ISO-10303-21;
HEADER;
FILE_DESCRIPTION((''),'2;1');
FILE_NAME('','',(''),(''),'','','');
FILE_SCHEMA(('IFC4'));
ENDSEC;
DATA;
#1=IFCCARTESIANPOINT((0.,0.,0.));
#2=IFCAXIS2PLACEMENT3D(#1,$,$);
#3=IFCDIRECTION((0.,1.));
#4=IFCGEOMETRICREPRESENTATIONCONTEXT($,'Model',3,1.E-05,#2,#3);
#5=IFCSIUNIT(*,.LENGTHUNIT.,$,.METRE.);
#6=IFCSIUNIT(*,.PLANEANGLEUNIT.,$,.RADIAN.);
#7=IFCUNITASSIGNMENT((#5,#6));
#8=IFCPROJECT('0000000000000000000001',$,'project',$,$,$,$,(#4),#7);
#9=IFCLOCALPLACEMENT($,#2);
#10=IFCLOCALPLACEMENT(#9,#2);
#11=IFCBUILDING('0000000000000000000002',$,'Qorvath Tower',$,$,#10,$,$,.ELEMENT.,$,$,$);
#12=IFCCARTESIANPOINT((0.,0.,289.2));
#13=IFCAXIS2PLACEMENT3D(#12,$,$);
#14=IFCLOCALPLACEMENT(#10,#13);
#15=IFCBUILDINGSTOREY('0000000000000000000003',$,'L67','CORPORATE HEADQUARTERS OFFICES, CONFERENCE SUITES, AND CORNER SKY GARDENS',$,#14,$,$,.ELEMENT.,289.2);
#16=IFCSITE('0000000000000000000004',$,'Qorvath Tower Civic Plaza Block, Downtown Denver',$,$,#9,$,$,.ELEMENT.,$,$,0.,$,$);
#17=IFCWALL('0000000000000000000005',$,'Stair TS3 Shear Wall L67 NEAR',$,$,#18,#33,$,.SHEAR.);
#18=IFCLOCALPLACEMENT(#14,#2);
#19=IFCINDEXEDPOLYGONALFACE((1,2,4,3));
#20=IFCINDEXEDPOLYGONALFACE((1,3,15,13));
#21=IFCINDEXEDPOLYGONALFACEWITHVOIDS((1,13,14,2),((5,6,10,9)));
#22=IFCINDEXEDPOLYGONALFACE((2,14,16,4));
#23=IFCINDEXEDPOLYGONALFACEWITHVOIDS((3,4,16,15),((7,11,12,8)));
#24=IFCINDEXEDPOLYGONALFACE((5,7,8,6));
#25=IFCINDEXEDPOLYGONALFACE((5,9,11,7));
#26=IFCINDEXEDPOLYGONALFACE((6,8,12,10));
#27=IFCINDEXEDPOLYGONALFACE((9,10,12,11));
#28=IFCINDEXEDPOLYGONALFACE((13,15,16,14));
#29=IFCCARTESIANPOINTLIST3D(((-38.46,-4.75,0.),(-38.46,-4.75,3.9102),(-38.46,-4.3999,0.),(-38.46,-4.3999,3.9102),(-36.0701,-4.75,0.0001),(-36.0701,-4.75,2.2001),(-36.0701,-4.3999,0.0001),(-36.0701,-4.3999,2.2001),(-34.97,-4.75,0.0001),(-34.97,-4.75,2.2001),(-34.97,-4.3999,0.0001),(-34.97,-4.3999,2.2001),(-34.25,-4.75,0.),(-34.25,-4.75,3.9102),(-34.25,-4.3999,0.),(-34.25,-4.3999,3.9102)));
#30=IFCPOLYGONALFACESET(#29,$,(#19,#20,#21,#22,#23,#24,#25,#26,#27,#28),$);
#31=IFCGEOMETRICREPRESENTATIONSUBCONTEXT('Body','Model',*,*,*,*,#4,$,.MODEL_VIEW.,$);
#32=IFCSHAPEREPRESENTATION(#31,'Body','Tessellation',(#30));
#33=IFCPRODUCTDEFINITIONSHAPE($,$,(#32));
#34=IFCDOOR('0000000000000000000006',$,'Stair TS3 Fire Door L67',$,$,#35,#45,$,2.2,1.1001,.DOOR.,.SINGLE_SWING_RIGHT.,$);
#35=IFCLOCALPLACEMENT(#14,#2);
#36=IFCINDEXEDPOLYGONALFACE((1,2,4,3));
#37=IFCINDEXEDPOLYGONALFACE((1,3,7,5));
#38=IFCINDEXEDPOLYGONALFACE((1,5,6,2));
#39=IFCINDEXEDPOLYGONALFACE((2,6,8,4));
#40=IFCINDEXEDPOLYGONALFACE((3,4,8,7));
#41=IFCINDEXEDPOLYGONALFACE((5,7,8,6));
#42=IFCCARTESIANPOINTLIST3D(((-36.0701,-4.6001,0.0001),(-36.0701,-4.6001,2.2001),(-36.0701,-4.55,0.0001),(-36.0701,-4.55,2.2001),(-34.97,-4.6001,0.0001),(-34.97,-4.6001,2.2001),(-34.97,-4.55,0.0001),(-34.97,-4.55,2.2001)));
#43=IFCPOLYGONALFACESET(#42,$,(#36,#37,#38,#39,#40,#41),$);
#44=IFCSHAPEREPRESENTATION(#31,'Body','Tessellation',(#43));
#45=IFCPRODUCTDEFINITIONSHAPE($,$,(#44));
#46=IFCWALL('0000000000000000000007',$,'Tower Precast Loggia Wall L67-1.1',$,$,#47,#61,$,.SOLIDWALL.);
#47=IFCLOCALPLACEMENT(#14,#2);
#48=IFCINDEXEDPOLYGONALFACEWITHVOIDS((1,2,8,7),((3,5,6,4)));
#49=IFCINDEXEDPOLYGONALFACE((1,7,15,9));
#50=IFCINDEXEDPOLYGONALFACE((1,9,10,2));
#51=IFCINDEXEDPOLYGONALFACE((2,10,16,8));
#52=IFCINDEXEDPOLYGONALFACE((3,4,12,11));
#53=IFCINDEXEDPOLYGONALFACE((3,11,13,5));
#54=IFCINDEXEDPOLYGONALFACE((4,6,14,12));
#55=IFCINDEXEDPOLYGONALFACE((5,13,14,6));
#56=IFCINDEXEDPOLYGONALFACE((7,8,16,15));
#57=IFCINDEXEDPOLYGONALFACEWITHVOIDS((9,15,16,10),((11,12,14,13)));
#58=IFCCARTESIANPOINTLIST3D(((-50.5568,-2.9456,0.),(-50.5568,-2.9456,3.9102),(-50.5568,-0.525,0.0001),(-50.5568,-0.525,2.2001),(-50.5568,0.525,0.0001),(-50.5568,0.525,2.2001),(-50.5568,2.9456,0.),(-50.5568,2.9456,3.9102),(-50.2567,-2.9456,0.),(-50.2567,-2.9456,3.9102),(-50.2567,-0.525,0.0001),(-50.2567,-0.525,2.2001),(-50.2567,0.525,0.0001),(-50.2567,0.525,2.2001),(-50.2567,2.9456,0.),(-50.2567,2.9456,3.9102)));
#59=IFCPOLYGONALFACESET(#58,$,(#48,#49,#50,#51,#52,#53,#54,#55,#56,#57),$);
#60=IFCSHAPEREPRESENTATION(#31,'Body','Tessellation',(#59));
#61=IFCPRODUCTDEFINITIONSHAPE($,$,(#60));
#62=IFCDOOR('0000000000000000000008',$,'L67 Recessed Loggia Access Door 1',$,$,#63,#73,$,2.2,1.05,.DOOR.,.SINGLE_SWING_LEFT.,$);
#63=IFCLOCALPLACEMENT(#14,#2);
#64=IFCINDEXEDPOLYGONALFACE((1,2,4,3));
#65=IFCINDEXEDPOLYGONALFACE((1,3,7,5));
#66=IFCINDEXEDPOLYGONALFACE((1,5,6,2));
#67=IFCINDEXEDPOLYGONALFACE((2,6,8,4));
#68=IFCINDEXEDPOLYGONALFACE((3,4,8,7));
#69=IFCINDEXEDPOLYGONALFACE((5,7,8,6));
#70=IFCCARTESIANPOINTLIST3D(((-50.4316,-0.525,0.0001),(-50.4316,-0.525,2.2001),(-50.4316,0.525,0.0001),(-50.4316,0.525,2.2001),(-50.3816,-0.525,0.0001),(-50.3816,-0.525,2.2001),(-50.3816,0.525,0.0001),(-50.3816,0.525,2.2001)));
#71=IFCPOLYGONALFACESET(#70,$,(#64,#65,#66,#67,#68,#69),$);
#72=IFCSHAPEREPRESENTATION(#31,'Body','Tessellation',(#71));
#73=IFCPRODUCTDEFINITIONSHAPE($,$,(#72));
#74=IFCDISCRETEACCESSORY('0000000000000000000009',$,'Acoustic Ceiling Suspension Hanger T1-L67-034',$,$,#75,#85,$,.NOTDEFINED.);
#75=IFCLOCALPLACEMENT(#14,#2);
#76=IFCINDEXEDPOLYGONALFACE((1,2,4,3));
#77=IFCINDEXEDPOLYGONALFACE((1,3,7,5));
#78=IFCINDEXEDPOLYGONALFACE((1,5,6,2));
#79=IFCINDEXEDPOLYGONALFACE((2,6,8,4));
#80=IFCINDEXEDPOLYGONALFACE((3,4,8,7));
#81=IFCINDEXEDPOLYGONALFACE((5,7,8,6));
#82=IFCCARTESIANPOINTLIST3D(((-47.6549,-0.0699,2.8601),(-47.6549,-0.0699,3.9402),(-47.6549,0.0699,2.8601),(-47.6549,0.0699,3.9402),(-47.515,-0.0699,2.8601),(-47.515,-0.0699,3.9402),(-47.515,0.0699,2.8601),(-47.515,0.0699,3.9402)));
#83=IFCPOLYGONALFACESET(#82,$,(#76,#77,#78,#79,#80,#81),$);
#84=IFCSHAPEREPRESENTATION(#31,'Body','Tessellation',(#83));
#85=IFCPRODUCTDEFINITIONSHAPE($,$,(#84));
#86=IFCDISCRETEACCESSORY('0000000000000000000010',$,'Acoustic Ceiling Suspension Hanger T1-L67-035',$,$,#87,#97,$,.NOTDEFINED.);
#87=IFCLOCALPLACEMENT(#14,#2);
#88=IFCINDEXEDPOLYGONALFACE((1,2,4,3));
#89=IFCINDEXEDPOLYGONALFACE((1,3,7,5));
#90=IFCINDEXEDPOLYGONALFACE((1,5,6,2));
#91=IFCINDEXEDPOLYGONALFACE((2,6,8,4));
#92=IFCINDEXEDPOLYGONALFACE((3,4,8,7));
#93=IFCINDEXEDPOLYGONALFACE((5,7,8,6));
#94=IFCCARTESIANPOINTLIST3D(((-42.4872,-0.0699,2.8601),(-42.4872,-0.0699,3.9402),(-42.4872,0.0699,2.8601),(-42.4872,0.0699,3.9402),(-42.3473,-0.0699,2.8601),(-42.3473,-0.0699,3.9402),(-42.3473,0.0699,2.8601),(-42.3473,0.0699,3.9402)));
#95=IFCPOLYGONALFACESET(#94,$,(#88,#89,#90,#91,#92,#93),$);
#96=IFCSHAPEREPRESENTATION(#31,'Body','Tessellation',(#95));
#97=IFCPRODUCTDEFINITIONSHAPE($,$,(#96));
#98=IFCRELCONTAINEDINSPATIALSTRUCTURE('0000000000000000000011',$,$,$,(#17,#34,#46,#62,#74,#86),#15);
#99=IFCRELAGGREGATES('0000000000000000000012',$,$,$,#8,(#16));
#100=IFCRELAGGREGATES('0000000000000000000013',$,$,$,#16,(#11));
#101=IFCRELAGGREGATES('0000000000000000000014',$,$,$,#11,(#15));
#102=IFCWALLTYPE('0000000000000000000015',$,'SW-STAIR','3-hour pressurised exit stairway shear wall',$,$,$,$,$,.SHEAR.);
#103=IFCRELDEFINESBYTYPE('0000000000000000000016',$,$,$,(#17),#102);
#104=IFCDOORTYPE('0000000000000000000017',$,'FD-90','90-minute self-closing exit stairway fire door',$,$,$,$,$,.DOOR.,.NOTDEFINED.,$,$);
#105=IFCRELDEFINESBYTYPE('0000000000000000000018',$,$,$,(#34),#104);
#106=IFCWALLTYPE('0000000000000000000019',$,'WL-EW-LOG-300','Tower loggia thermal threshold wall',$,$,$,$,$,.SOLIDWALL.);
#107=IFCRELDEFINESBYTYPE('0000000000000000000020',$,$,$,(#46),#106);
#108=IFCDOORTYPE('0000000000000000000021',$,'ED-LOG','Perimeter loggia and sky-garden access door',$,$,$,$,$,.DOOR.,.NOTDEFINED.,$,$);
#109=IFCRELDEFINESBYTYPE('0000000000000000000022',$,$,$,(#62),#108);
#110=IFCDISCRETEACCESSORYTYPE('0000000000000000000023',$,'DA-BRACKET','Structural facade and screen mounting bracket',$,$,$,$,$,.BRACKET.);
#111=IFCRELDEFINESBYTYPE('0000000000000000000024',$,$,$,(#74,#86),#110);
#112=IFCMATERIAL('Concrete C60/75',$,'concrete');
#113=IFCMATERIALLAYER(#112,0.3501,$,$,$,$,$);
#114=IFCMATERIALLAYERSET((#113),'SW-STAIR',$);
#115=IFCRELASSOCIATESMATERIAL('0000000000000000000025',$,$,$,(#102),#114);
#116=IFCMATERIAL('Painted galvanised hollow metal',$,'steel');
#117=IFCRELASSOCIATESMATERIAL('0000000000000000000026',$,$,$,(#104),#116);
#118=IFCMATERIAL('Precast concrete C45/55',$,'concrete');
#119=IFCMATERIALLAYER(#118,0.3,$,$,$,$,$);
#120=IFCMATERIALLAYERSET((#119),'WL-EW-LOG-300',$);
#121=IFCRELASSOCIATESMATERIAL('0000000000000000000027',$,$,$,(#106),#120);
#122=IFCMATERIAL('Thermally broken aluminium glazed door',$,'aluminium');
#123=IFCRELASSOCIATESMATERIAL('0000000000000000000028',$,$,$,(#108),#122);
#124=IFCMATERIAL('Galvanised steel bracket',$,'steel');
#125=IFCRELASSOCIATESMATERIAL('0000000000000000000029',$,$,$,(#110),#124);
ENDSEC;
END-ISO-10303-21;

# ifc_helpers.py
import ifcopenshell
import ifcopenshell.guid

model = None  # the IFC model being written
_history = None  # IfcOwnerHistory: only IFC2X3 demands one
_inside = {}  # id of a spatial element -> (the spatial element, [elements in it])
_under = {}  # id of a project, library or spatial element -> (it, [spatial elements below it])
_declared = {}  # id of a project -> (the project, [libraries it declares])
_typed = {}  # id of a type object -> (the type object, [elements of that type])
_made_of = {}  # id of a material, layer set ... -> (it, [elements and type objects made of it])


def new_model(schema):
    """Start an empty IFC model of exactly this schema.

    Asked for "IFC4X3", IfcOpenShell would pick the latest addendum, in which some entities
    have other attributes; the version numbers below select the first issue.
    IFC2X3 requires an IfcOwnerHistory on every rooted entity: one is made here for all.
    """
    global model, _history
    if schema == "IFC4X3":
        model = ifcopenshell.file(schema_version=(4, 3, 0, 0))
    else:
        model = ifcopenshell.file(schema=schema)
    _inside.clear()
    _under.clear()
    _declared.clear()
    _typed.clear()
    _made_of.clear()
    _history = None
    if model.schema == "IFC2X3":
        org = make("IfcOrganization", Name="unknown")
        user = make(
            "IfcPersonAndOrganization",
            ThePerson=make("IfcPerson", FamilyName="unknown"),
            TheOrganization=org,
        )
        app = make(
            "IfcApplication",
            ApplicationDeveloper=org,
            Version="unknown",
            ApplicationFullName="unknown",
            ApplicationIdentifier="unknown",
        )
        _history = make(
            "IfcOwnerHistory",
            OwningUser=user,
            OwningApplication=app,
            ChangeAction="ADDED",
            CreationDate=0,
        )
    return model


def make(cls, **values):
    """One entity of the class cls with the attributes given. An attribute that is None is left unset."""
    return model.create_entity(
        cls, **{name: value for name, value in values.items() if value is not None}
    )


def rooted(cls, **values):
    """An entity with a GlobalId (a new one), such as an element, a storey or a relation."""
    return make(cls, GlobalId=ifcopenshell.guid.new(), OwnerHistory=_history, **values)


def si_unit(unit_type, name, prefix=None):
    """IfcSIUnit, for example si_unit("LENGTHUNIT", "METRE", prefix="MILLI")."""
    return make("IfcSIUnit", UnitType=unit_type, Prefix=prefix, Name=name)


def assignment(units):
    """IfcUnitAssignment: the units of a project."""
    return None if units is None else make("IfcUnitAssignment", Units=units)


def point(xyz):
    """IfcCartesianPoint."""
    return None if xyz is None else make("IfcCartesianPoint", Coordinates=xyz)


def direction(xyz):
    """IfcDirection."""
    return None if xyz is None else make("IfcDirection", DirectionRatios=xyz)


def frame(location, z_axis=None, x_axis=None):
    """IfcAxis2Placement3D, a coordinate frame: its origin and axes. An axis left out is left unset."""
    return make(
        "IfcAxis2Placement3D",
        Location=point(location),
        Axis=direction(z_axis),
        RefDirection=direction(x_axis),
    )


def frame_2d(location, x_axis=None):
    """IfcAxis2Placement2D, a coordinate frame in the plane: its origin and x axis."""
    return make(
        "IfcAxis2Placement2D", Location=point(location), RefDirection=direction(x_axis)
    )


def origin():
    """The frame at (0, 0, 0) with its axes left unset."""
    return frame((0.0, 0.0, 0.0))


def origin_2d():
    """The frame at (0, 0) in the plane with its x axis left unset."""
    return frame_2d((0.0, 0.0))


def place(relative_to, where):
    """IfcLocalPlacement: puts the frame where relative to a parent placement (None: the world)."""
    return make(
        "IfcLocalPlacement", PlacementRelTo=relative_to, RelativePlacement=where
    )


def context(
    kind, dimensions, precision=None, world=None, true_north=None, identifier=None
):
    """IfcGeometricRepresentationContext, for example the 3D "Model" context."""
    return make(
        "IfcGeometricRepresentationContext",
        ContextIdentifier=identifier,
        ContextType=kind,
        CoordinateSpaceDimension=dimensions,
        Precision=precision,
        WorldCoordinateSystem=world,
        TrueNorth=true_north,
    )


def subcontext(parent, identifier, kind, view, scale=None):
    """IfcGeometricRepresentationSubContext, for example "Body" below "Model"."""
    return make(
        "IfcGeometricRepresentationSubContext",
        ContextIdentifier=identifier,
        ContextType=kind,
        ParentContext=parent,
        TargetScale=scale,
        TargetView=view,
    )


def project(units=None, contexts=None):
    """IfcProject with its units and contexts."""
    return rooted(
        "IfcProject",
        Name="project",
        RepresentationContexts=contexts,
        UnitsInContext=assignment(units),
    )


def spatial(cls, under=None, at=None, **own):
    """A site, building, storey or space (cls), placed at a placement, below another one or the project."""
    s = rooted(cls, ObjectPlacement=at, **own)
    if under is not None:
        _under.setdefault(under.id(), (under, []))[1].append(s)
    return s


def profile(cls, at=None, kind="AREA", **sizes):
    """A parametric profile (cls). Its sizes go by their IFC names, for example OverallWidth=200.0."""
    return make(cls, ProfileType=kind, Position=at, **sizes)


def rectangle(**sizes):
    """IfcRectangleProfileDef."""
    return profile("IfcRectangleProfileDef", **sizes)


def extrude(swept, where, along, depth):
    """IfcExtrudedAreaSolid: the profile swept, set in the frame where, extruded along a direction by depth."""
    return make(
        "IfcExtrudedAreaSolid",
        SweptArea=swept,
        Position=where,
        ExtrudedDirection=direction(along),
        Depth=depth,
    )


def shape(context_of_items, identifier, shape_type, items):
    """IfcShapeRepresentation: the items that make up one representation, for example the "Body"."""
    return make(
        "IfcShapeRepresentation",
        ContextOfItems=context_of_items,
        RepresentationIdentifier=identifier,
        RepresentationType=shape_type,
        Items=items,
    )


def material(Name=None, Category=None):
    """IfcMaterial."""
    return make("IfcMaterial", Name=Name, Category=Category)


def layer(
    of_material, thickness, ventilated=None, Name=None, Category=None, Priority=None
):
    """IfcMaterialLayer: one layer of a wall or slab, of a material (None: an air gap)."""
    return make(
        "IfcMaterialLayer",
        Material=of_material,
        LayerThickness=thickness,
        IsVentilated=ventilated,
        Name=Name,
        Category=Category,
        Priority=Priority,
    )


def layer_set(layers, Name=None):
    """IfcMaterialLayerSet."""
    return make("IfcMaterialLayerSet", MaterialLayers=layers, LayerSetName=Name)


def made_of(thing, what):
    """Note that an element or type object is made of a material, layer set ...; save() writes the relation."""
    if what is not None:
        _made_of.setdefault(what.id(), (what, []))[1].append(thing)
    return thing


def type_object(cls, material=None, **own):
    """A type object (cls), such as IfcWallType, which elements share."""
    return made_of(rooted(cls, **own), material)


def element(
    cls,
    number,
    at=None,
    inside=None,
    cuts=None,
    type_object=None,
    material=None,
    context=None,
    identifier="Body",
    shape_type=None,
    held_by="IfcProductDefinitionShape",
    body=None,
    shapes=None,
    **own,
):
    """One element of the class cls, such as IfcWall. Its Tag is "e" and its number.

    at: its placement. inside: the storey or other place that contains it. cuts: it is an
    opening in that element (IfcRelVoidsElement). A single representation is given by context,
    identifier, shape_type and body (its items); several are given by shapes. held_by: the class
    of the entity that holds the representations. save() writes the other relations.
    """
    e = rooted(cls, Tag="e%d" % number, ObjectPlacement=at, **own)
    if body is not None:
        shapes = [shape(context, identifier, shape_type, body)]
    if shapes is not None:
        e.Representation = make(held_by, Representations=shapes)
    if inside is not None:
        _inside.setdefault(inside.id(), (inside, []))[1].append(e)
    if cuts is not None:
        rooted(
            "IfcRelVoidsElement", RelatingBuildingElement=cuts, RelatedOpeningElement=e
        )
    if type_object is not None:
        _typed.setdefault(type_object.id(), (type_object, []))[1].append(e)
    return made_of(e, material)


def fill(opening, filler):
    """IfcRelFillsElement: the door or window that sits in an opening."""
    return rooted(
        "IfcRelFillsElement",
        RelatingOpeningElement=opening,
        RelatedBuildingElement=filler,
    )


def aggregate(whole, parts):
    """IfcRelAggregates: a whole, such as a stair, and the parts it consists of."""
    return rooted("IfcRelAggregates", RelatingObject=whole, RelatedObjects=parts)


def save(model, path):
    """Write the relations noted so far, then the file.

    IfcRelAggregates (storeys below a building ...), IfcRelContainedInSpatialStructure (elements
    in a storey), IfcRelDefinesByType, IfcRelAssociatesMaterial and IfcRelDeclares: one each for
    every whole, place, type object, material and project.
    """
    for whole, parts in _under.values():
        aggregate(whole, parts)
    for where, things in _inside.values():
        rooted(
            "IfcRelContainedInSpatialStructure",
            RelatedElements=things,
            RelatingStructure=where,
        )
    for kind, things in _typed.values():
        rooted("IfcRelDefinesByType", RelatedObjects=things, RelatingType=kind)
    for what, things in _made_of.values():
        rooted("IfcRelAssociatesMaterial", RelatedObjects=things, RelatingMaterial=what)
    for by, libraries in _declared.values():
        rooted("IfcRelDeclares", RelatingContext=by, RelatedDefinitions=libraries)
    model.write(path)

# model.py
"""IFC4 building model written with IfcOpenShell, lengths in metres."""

from ifc_helpers import new_model, si_unit, direction, frame, frame_2d, origin, origin_2d, place, context, subcontext, project, spatial, rectangle, extrude, material, layer, layer_set, type_object, element, fill, save


model = new_model("IFC4")

# Units and contexts
model_context = context("Model", 3, precision=1e-05, world=origin(), true_north=direction((0.0, 1.0)))
body_context = subcontext(model_context, "Body", "Model", "MODEL_VIEW")
ifc_project = project(units=[si_unit("LENGTHUNIT", "METRE"), si_unit("PLANEANGLEUNIT", "RADIAN")], contexts=[model_context])

# Site, building, storey
site_placement = place(None, origin())
site = spatial("IfcSite", under=ifc_project, at=site_placement, Name="Qorvath Tower Civic Plaza Block, Downtown Denver", CompositionType="ELEMENT", RefElevation=0.0)
building_placement = place(site_placement, origin())
building = spatial("IfcBuilding", under=site, at=building_placement, Name="Qorvath Tower", CompositionType="ELEMENT")
storey_placement = place(building_placement, frame((0.0, 0.0, 289.2)))
storey = spatial("IfcBuildingStorey", under=building, at=storey_placement, Name="L67", Description="CORPORATE HEADQUARTERS OFFICES, CONFERENCE SUITES, AND CORNER SKY GARDENS", CompositionType="ELEMENT", Elevation=289.2)

# Walls, openings, doors
ifc_material_1 = material(Name="Concrete C60/75", Category="concrete")
ifc_layer_1 = layer(ifc_material_1, 0.3501)
ifc_layer_set_1 = layer_set([ifc_layer_1], Name="SW-STAIR")
wall_type_1 = type_object("IfcWallType", Name="SW-STAIR", Description="3-hour pressurised exit stairway shear wall", PredefinedType="SHEAR", material=ifc_layer_set_1)
wall_1_placement = place(storey_placement, frame((-38.46, -4.575, 0.0), z_axis=(0.0, 0.0, 1.0), x_axis=(1.0, 0.0, 0.0)))
wall_1 = element("IfcWall", 1, at=wall_1_placement, inside=storey, type_object=wall_type_1, Name="Stair TS3 Shear Wall L67 NEAR", PredefinedType="SHEAR", context=body_context, shape_type="SweptSolid", body=[
    extrude(rectangle(XDim=4.21, YDim=0.3501, at=frame_2d((2.105, 0.0))), origin(), (0.0, 0.0, 1.0), 3.9102),
])
opening_1_placement = place(wall_1_placement, frame((2.3899, 0.0, 0.0)))
opening_1 = element("IfcOpeningElement", 2, at=opening_1_placement, cuts=wall_1, PredefinedType="OPENING", context=body_context, shape_type="SweptSolid", body=[
    extrude(rectangle(XDim=1.1001, YDim=2.2, at=frame_2d((0.55, 1.1001))), frame((0.0, 0.1851, 0.0), z_axis=(0.0, -1.0, 0.0), x_axis=(1.0, 0.0, 0.0)), (0.0, 0.0, 1.0), 0.3701),
])
ifc_material_2 = material(Name="Painted galvanised hollow metal", Category="steel")
door_type_1 = type_object("IfcDoorType", Name="FD-90", Description="90-minute self-closing exit stairway fire door", OperationType="NOTDEFINED", PredefinedType="DOOR", material=ifc_material_2)
door_1_placement = place(opening_1_placement, origin())
door_1 = element("IfcDoor", 3, at=door_1_placement, inside=storey, type_object=door_type_1, Name="Stair TS3 Fire Door L67", OperationType="SINGLE_SWING_RIGHT", OverallHeight=2.2, OverallWidth=1.1001, PredefinedType="DOOR", context=body_context, shape_type="SweptSolid", body=[
    extrude(rectangle(XDim=1.1001, YDim=2.2, at=frame_2d((0.55, 1.1001))), frame((0.0, 0.0249, 0.0), z_axis=(0.0, -1.0, 0.0), x_axis=(1.0, 0.0, 0.0)), (0.0, 0.0, 1.0), 0.05),
])
fill(opening_1, door_1)
ifc_material_3 = material(Name="Precast concrete C45/55", Category="concrete")
ifc_layer_2 = layer(ifc_material_3, 0.3)
ifc_layer_set_2 = layer_set([ifc_layer_2], Name="WL-EW-LOG-300")
wall_type_2 = type_object("IfcWallType", Name="WL-EW-LOG-300", Description="Tower loggia thermal threshold wall", PredefinedType="SOLIDWALL", material=ifc_layer_set_2)
wall_2_placement = place(storey_placement, frame((-50.4067, -2.9456, 0.0), z_axis=(0.0, 0.0, 1.0), x_axis=(0.0, 1.0, 0.0)))
wall_2 = element("IfcWall", 4, at=wall_2_placement, inside=storey, type_object=wall_type_2, Name="Tower Precast Loggia Wall L67-1.1", PredefinedType="SOLIDWALL", context=body_context, shape_type="SweptSolid", body=[
    extrude(rectangle(XDim=5.8911, YDim=0.3, at=frame_2d((2.9456, 0.0))), origin(), (0.0, 0.0, 1.0), 3.9102),
])
opening_2_placement = place(wall_2_placement, frame((2.4207, 0.0, 0.0)))
opening_2 = element("IfcOpeningElement", 5, at=opening_2_placement, cuts=wall_2, PredefinedType="OPENING", context=body_context, shape_type="SweptSolid", body=[
    extrude(rectangle(XDim=1.05, YDim=2.2, at=frame_2d((0.5249, 1.1001))), frame((0.0, 0.1602, 0.0), z_axis=(0.0, -1.0, 0.0), x_axis=(1.0, 0.0, 0.0)), (0.0, 0.0, 1.0), 0.3201),
])
ifc_material_4 = material(Name="Thermally broken aluminium glazed door", Category="aluminium")
door_type_2 = type_object("IfcDoorType", Name="ED-LOG", Description="Perimeter loggia and sky-garden access door", OperationType="NOTDEFINED", PredefinedType="DOOR", material=ifc_material_4)
door_2_placement = place(opening_2_placement, origin())
door_2 = element("IfcDoor", 6, at=door_2_placement, inside=storey, type_object=door_type_2, Name="L67 Recessed Loggia Access Door 1", OperationType="SINGLE_SWING_LEFT", OverallHeight=2.2, OverallWidth=1.05, PredefinedType="DOOR", context=body_context, shape_type="SweptSolid", body=[
    extrude(rectangle(XDim=1.05, YDim=2.2, at=frame_2d((0.5249, 1.1001))), frame((0.0, 0.0249, 0.0), z_axis=(0.0, -1.0, 0.0), x_axis=(1.0, 0.0, 0.0)), (0.0, 0.0, 1.0), 0.05),
])
fill(opening_2, door_2)

# Discrete accessories
ifc_material_5 = material(Name="Galvanised steel bracket", Category="steel")
discrete_accessory_type = type_object("IfcDiscreteAccessoryType", Name="DA-BRACKET", Description="Structural facade and screen mounting bracket", PredefinedType="BRACKET", material=ifc_material_5)
for number, where, z_axis, x_axis, name in (
    (7, (-47.585, 0.0, 2.8601), (0.0, 0.0, 1.0), (1.0, 0.0, 0.0), "Acoustic Ceiling Suspension Hanger T1-L67-034"),
    (8, (-42.4172, 0.0, 2.8601), (0.0, 0.0, 1.0), (1.0, 0.0, 0.0), "Acoustic Ceiling Suspension Hanger T1-L67-035"),
):
    element("IfcDiscreteAccessory", number, at=place(storey_placement, frame(where, z_axis=z_axis, x_axis=x_axis)), inside=storey, type_object=discrete_accessory_type, Name=name, PredefinedType="NOTDEFINED", context=body_context, shape_type="SweptSolid", body=[
        extrude(rectangle(XDim=0.1399, YDim=0.1399, at=origin_2d()), origin(), (0.0, 0.0, 1.0), 1.0801),
    ])

save(model, "model.ifc")
